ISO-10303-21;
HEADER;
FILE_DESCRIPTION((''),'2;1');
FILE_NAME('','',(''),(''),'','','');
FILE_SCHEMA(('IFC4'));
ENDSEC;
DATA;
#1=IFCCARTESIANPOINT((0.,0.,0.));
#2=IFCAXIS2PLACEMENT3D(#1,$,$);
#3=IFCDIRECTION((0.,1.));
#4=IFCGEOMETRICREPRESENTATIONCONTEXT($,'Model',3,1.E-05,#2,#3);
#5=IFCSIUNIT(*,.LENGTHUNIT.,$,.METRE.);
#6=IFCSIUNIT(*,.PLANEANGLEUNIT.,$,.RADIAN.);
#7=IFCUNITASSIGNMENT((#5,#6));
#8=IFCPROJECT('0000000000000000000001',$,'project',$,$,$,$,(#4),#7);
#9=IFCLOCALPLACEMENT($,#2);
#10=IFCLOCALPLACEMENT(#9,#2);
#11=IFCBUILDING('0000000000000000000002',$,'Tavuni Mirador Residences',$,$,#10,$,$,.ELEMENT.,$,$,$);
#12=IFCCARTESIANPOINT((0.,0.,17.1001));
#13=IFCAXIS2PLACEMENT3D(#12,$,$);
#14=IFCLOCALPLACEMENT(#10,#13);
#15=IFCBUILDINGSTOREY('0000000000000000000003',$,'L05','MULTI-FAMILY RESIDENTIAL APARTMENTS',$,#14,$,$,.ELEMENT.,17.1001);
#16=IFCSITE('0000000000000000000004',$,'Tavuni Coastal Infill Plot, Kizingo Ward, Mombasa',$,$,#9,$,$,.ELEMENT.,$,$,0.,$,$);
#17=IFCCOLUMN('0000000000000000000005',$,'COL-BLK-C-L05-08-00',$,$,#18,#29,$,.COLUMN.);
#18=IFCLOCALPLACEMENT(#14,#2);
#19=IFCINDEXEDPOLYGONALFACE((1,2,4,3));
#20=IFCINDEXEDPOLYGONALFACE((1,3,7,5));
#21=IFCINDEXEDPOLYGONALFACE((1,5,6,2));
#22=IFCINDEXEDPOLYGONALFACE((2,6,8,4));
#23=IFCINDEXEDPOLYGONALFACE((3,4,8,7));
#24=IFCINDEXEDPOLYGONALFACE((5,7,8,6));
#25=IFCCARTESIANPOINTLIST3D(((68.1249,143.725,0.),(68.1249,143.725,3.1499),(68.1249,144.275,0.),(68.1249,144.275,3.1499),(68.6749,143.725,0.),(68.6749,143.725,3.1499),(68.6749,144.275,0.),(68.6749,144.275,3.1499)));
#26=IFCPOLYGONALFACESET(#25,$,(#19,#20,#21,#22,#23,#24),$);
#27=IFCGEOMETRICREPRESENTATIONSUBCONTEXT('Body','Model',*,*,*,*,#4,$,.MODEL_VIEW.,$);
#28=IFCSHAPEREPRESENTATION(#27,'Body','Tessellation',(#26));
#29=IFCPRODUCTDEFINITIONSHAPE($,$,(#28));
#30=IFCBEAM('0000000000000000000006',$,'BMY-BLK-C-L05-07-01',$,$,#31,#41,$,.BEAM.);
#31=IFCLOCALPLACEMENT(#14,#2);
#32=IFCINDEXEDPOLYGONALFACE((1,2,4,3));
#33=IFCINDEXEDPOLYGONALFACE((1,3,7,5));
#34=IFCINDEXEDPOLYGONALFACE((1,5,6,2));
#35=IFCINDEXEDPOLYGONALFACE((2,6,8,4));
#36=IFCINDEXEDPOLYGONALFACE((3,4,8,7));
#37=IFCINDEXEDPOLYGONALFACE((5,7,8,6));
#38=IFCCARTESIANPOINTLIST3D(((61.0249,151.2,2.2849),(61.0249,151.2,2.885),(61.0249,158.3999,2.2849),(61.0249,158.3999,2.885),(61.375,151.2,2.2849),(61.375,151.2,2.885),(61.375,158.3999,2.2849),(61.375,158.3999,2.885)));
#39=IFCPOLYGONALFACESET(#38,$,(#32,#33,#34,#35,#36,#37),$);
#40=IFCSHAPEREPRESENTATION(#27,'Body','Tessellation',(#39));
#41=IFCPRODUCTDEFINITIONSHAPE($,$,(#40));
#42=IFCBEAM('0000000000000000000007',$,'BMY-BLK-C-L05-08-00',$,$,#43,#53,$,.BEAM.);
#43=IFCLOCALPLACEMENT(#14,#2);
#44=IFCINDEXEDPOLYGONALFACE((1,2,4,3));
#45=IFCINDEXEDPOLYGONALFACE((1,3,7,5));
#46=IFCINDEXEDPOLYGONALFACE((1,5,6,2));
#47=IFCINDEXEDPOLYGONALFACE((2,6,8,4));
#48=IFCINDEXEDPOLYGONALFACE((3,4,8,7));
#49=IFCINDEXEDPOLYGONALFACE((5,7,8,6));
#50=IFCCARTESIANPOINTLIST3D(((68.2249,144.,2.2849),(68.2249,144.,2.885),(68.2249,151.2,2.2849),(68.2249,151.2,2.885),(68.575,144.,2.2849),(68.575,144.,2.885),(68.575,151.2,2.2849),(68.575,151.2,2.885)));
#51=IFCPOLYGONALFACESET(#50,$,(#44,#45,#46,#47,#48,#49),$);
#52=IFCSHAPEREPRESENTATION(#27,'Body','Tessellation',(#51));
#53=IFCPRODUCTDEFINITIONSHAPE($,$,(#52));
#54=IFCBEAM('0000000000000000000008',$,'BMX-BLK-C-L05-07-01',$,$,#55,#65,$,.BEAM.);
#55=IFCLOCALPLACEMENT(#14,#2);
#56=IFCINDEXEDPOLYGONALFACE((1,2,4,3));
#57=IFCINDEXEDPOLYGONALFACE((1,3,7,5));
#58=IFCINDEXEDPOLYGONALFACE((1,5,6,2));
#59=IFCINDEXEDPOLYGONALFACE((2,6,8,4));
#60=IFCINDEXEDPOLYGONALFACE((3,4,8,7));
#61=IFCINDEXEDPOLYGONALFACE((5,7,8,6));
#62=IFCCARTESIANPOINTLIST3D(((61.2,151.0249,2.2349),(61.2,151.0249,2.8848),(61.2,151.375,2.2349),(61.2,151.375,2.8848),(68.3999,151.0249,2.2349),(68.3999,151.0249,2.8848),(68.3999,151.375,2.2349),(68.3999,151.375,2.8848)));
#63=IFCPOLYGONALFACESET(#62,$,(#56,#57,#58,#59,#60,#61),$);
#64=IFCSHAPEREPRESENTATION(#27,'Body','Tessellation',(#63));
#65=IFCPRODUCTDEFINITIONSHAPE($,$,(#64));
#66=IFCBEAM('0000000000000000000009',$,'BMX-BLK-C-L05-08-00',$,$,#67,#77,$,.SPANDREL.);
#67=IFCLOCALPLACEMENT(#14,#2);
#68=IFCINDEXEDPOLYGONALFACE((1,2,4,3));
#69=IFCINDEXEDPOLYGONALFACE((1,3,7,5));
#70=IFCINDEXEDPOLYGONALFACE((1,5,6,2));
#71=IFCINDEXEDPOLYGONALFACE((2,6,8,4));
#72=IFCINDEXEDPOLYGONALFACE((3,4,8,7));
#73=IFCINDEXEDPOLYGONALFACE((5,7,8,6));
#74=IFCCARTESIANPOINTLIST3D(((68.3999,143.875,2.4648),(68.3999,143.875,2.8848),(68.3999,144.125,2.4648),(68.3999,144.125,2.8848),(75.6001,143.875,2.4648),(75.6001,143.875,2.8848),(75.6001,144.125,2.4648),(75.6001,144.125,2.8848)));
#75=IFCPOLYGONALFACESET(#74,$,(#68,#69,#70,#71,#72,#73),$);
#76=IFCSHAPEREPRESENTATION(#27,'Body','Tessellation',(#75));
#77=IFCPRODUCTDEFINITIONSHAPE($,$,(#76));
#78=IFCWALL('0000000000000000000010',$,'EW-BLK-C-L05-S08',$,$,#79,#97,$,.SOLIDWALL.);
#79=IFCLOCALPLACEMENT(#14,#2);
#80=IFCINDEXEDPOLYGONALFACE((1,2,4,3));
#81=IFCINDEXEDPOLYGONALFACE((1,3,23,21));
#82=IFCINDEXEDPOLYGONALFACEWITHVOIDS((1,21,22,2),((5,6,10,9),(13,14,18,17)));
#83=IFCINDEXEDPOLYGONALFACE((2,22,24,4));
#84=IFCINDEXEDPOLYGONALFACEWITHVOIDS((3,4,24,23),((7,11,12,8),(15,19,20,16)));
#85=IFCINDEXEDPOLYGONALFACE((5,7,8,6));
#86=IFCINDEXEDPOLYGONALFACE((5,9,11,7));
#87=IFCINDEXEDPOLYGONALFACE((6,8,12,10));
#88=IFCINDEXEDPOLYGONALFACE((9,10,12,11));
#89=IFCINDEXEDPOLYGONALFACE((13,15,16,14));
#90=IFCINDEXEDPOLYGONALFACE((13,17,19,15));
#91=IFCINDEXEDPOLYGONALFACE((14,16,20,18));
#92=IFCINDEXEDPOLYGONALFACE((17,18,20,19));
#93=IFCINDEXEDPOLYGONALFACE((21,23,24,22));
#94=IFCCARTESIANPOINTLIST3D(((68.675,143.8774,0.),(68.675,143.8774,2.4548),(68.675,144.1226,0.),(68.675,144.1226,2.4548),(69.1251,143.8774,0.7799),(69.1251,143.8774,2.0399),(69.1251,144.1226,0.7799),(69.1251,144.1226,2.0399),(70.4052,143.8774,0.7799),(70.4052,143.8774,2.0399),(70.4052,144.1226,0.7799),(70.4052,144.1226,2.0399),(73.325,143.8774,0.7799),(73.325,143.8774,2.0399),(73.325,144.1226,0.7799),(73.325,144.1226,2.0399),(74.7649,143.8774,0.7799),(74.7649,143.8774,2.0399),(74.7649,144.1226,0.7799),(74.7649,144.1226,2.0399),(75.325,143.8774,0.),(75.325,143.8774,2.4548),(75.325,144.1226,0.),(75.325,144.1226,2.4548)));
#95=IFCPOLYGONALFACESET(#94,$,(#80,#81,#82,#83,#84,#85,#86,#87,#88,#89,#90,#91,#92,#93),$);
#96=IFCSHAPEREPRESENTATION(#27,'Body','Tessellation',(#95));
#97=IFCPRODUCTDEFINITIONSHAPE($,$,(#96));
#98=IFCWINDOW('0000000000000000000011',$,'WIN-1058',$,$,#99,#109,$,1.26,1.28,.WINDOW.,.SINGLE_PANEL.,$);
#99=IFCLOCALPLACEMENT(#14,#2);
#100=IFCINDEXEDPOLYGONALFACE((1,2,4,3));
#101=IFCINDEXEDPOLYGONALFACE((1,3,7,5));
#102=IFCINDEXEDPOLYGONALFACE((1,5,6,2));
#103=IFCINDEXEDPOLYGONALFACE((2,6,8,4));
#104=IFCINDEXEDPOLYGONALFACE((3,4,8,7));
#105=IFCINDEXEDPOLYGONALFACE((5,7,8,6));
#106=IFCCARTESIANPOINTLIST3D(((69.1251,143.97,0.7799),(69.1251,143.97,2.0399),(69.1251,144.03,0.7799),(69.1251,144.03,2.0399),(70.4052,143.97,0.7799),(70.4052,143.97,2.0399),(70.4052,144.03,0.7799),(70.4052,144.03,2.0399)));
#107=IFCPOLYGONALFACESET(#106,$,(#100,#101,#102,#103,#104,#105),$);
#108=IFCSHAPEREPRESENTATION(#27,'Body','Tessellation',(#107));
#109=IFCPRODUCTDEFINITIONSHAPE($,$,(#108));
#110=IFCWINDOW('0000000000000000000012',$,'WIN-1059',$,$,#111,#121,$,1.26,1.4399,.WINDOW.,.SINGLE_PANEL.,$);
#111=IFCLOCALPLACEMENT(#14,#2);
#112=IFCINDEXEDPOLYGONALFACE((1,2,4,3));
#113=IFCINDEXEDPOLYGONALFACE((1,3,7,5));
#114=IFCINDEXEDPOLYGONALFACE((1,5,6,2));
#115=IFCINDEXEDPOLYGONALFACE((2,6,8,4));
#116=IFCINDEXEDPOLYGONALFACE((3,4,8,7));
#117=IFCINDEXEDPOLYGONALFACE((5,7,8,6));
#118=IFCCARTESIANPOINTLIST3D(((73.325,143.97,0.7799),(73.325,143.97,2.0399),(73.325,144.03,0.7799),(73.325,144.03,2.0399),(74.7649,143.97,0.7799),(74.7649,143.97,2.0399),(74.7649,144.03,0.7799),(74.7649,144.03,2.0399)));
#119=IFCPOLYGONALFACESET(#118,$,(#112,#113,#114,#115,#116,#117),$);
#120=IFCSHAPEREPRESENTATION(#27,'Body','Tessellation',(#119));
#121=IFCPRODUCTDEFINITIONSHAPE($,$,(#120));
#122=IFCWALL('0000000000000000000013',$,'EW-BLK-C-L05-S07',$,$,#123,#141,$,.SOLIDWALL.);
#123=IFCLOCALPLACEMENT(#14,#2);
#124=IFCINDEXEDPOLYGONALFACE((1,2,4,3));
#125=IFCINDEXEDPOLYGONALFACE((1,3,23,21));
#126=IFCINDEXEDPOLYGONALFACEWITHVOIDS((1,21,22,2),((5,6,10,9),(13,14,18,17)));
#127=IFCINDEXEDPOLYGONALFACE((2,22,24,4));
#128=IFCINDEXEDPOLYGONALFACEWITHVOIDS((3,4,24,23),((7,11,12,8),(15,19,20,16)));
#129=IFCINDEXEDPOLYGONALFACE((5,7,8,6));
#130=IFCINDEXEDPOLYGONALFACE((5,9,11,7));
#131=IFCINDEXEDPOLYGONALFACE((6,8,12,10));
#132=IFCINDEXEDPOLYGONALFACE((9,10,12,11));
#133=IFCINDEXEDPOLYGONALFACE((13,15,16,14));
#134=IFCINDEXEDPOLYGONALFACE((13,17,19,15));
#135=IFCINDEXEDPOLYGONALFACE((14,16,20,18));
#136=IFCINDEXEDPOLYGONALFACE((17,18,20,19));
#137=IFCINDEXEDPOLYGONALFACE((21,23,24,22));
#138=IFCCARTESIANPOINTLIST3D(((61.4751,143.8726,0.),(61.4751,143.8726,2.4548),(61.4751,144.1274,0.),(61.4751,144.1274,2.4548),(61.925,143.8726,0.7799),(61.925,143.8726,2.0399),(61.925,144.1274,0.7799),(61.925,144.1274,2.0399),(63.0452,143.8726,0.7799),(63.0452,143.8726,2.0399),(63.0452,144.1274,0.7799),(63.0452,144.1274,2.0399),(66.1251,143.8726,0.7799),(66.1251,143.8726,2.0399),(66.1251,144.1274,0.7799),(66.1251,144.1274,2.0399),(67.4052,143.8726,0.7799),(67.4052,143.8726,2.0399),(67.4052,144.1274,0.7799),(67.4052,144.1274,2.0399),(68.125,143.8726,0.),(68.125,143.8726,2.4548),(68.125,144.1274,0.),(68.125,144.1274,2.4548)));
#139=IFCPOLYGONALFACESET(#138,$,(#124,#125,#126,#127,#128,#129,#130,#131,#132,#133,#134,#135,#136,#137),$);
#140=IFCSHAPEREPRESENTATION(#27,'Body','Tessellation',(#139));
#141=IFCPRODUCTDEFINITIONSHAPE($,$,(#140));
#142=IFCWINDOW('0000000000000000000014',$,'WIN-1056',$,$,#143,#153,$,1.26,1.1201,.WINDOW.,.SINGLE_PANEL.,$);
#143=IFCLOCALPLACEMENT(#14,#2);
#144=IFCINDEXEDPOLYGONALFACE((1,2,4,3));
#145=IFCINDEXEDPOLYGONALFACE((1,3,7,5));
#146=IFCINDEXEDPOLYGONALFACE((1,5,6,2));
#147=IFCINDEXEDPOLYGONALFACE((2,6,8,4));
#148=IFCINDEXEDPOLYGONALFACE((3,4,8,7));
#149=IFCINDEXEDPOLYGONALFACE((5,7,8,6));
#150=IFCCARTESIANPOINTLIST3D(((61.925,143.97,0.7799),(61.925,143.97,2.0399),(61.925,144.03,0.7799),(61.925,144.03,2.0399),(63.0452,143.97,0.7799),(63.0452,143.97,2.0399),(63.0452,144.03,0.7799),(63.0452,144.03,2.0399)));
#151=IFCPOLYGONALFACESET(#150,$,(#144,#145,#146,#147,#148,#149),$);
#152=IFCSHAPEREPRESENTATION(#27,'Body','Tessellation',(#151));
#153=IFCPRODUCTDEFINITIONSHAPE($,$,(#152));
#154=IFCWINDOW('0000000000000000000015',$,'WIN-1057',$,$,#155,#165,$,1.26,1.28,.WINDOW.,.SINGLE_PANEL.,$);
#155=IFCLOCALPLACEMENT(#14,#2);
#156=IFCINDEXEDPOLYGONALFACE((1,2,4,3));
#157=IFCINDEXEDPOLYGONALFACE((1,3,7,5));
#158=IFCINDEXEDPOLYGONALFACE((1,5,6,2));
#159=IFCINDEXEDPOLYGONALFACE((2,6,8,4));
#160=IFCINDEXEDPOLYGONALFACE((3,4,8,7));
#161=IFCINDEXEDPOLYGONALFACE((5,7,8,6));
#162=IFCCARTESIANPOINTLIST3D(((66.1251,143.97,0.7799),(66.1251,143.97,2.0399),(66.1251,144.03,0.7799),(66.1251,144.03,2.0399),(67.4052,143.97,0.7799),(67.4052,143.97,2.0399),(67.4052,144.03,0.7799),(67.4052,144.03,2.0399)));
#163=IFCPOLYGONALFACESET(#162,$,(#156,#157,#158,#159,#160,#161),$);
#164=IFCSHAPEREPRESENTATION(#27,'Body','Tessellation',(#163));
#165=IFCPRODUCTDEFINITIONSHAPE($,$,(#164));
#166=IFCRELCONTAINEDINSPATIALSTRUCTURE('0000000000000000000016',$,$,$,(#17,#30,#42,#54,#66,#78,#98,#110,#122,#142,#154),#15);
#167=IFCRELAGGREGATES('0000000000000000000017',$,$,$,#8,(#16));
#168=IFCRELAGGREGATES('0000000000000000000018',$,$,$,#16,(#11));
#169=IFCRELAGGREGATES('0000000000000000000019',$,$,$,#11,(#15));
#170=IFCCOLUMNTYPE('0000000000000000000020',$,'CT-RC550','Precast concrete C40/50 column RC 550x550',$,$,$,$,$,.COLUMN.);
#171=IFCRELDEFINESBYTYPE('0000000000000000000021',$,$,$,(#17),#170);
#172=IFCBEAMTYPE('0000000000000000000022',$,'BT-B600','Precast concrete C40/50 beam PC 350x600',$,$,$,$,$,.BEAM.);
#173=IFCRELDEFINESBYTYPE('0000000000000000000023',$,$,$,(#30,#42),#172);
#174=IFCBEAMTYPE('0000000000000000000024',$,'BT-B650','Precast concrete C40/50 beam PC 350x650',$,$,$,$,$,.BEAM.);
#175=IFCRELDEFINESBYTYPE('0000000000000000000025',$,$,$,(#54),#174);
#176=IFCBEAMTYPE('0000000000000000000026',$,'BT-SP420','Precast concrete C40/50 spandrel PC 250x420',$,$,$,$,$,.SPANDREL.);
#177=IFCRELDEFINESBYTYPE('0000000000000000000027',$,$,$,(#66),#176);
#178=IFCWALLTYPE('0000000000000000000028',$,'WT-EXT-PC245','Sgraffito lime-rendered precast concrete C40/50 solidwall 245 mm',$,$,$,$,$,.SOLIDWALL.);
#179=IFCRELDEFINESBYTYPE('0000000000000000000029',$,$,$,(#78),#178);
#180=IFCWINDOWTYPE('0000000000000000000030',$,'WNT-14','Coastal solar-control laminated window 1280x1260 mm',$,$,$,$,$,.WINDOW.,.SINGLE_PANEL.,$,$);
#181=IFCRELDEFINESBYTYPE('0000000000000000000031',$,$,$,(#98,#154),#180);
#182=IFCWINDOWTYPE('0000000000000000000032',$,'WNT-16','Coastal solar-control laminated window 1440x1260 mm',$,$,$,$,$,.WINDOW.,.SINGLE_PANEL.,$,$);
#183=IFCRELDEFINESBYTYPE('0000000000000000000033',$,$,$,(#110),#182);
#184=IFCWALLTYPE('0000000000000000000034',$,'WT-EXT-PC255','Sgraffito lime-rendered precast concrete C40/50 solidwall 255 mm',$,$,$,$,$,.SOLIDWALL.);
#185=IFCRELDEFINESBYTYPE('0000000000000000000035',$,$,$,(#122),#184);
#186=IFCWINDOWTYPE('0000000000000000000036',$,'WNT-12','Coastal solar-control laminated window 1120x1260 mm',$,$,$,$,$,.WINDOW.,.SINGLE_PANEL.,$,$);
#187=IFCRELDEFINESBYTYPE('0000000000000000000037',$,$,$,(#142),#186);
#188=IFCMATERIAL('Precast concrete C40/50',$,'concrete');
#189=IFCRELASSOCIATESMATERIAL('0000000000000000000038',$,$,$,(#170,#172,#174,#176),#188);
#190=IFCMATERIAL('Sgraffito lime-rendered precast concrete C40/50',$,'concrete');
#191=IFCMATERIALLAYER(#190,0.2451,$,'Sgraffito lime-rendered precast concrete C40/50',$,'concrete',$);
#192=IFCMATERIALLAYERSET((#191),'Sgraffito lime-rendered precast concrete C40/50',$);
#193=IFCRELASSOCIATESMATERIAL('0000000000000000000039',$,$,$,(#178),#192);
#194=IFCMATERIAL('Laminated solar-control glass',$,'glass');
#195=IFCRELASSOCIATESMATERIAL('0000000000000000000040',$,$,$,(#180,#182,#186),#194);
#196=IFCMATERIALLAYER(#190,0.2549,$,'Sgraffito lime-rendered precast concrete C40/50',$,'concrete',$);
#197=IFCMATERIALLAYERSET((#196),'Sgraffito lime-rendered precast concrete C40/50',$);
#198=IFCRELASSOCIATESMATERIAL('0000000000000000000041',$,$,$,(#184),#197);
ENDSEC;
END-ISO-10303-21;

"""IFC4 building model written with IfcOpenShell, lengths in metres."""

from ifc_helpers import new_model, si_unit, direction, frame, frame_2d, origin, origin_2d, place, context, subcontext, project, spatial, rectangle, extrude, material, layer, layer_set, material_profile, profile_set, type_object, element, fill, save


model = new_model("IFC4")

# Units and contexts
model_context = context("Model", 3, precision=1e-05, world=origin(), true_north=direction((0.0, 1.0)))
body_context = subcontext(model_context, "Body", "Model", "MODEL_VIEW")
ifc_project = project(units=[si_unit("LENGTHUNIT", "METRE"), si_unit("PLANEANGLEUNIT", "RADIAN")], contexts=[model_context])

# Site, building, storey
site_placement = place(None, origin())
site = spatial("IfcSite", under=ifc_project, at=site_placement, Name="Tavuni Coastal Infill Plot, Kizingo Ward, Mombasa", CompositionType="ELEMENT", RefElevation=0.0)
building_placement = place(site_placement, origin())
building = spatial("IfcBuilding", under=site, at=building_placement, Name="Tavuni Mirador Residences", CompositionType="ELEMENT")
storey_placement = place(building_placement, frame((0.0, 0.0, 17.1001)))
storey = spatial("IfcBuildingStorey", under=building, at=storey_placement, Name="L05", Description="MULTI-FAMILY RESIDENTIAL APARTMENTS", CompositionType="ELEMENT", Elevation=17.1001)

# Column
ifc_material_1 = material(Name="Precast concrete C40/50", Category="concrete")
ifc_material_profile_1 = material_profile(ifc_material_1, rectangle(XDim=0.55, YDim=0.55, at=origin_2d()), Name="RC 550x550", Category="concrete")
ifc_profile_set_1 = profile_set([ifc_material_profile_1], Name="Precast concrete C40/50")
column_type = type_object("IfcColumnType", Name="CT-RC550", Description="Precast concrete C40/50 column RC 550x550", PredefinedType="COLUMN", material=ifc_profile_set_1)
column_placement = place(storey_placement, frame((68.3999, 144.0, 0.0), z_axis=(0.0, 0.0, 1.0), x_axis=(1.0, 0.0, 0.0)))
element("IfcColumn", 1, at=column_placement, inside=storey, type_object=column_type, Name="COL-BLK-C-L05-08-00", PredefinedType="COLUMN", context=body_context, shape_type="SweptSolid", body=[
    extrude(rectangle(XDim=0.55, YDim=0.55, at=origin_2d()), origin(), (0.0, 0.0, 1.0), 3.1499),
])

# Beams
ifc_material_profile_2 = material_profile(ifc_material_1, rectangle(XDim=0.3501, YDim=0.6001, at=origin_2d()), Name="PC 350x600", Category="concrete")
ifc_profile_set_2 = profile_set([ifc_material_profile_2], Name="Precast concrete C40/50")
beam_type_1 = type_object("IfcBeamType", Name="BT-B600", Description="Precast concrete C40/50 beam PC 350x600", PredefinedType="BEAM", material=ifc_profile_set_2)
for number, where, z_axis, x_axis, name in (
    (2, (61.2, 151.2, 2.585), (0.0, 1.0, 0.0), (-1.0, 0.0, 0.0), "BMY-BLK-C-L05-07-01"),
    (3, (68.3999, 144.0, 2.585), (0.0, 1.0, 0.0), (-1.0, 0.0, 0.0), "BMY-BLK-C-L05-08-00"),
):
    element("IfcBeam", number, at=place(storey_placement, frame(where, z_axis=z_axis, x_axis=x_axis)), inside=storey, type_object=beam_type_1, Name=name, PredefinedType="BEAM", context=body_context, shape_type="SweptSolid", body=[
        extrude(rectangle(XDim=0.3501, YDim=0.6001, at=origin_2d()), origin(), (0.0, 0.0, 1.0), 7.2),
    ])
ifc_material_profile_3 = material_profile(ifc_material_1, rectangle(XDim=0.3501, YDim=0.6499, at=origin_2d()), Name="PC 350x650", Category="concrete")
ifc_profile_set_3 = profile_set([ifc_material_profile_3], Name="Precast concrete C40/50")
beam_type_2 = type_object("IfcBeamType", Name="BT-B650", Description="Precast concrete C40/50 beam PC 350x650", PredefinedType="BEAM", material=ifc_profile_set_3)
beam_1_placement = place(storey_placement, frame((61.2, 151.2, 2.5598), z_axis=(1.0, 0.0, 0.0), x_axis=(0.0, 1.0, 0.0)))
element("IfcBeam", 4, at=beam_1_placement, inside=storey, type_object=beam_type_2, Name="BMX-BLK-C-L05-07-01", PredefinedType="BEAM", context=body_context, shape_type="SweptSolid", body=[
    extrude(rectangle(XDim=0.3501, YDim=0.6499, at=origin_2d()), origin(), (0.0, 0.0, 1.0), 7.2),
])
ifc_material_profile_4 = material_profile(ifc_material_1, rectangle(XDim=0.25, YDim=0.4199, at=origin_2d()), Name="PC 250x420", Category="concrete")
ifc_profile_set_4 = profile_set([ifc_material_profile_4], Name="Precast concrete C40/50")
beam_type_3 = type_object("IfcBeamType", Name="BT-SP420", Description="Precast concrete C40/50 spandrel PC 250x420", PredefinedType="SPANDREL", material=ifc_profile_set_4)
beam_2_placement = place(storey_placement, frame((68.3999, 144.0, 2.6748), z_axis=(1.0, 0.0, 0.0), x_axis=(0.0, 1.0, 0.0)))
element("IfcBeam", 5, at=beam_2_placement, inside=storey, type_object=beam_type_3, Name="BMX-BLK-C-L05-08-00", PredefinedType="SPANDREL", context=body_context, shape_type="SweptSolid", body=[
    extrude(rectangle(XDim=0.25, YDim=0.4199, at=origin_2d()), origin(), (0.0, 0.0, 1.0), 7.2002),
])

# Walls, openings, windows
ifc_material_2 = material(Name="Sgraffito lime-rendered precast concrete C40/50", Category="concrete")
ifc_layer_1 = layer(ifc_material_2, 0.2451, Name="Sgraffito lime-rendered precast concrete C40/50", Category="concrete")
ifc_layer_set_1 = layer_set([ifc_layer_1], Name="Sgraffito lime-rendered precast concrete C40/50")
wall_type_1 = type_object("IfcWallType", Name="WT-EXT-PC245", Description="Sgraffito lime-rendered precast concrete C40/50 solidwall 245 mm", PredefinedType="SOLIDWALL", material=ifc_layer_set_1)
wall_1_placement = place(storey_placement, frame((68.675, 144.0, 0.0), z_axis=(0.0, 0.0, 1.0), x_axis=(1.0, 0.0, 0.0)))
wall_1 = element("IfcWall", 6, at=wall_1_placement, inside=storey, type_object=wall_type_1, Name="EW-BLK-C-L05-S08", PredefinedType="SOLIDWALL", context=body_context, shape_type="SweptSolid", body=[
    extrude(rectangle(XDim=6.6499, YDim=0.2451, at=frame_2d((3.325, 0.0))), origin(), (0.0, 0.0, 1.0), 2.4548),
])
opening_1_placement = place(wall_1_placement, frame((0.45, 0.0, 0.78)))
opening_1 = element("IfcOpeningElement", 7, at=opening_1_placement, cuts=wall_1, PredefinedType="OPENING", context=body_context, shape_type="SweptSolid", body=[
    extrude(rectangle(XDim=1.28, YDim=1.26, at=frame_2d((0.6401, 0.6299))), frame((0.0, 0.1326, 0.0), z_axis=(0.0, -1.0, 0.0), x_axis=(1.0, 0.0, 0.0)), (0.0, 0.0, 1.0), 0.2651),
])
opening_2_placement = place(wall_1_placement, frame((4.6499, 0.0, 0.78)))
opening_2 = element("IfcOpeningElement", 8, at=opening_2_placement, cuts=wall_1, PredefinedType="OPENING", context=body_context, shape_type="SweptSolid", body=[
    extrude(rectangle(XDim=1.4399, YDim=1.26, at=frame_2d((0.72, 0.6299))), frame((0.0, 0.1326, 0.0), z_axis=(0.0, -1.0, 0.0), x_axis=(1.0, 0.0, 0.0)), (0.0, 0.0, 1.0), 0.2651),
])
ifc_material_3 = material(Name="Laminated solar-control glass", Category="glass")
window_type_1 = type_object("IfcWindowType", Name="WNT-14", Description="Coastal solar-control laminated window 1280x1260 mm", PartitioningType="SINGLE_PANEL", PredefinedType="WINDOW", material=ifc_material_3)
window_1_placement = place(opening_1_placement, origin())
window_1 = element("IfcWindow", 9, at=window_1_placement, inside=storey, type_object=window_type_1, Name="WIN-1058", OverallHeight=1.26, OverallWidth=1.28, PartitioningType="SINGLE_PANEL", PredefinedType="WINDOW", context=body_context, shape_type="SweptSolid", body=[
    extrude(rectangle(XDim=1.28, YDim=1.26, at=frame_2d((0.6401, 0.6299))), frame((0.0, 0.03, 0.0), z_axis=(0.0, -1.0, 0.0), x_axis=(1.0, 0.0, 0.0)), (0.0, 0.0, 1.0), 0.0601),
])
fill(opening_1, window_1)
window_type_2 = type_object("IfcWindowType", Name="WNT-16", Description="Coastal solar-control laminated window 1440x1260 mm", PartitioningType="SINGLE_PANEL", PredefinedType="WINDOW", material=ifc_material_3)
window_2_placement = place(opening_2_placement, origin())
window_2 = element("IfcWindow", 10, at=window_2_placement, inside=storey, type_object=window_type_2, Name="WIN-1059", OverallHeight=1.26, OverallWidth=1.4399, PartitioningType="SINGLE_PANEL", PredefinedType="WINDOW", context=body_context, shape_type="SweptSolid", body=[
    extrude(rectangle(XDim=1.4399, YDim=1.26, at=frame_2d((0.72, 0.6299))), frame((0.0, 0.03, 0.0), z_axis=(0.0, -1.0, 0.0), x_axis=(1.0, 0.0, 0.0)), (0.0, 0.0, 1.0), 0.0601),
])
fill(opening_2, window_2)
ifc_layer_2 = layer(ifc_material_2, 0.2549, Name="Sgraffito lime-rendered precast concrete C40/50", Category="concrete")
ifc_layer_set_2 = layer_set([ifc_layer_2], Name="Sgraffito lime-rendered precast concrete C40/50")
wall_type_2 = type_object("IfcWallType", Name="WT-EXT-PC255", Description="Sgraffito lime-rendered precast concrete C40/50 solidwall 255 mm", PredefinedType="SOLIDWALL", material=ifc_layer_set_2)
wall_2_placement = place(storey_placement, frame((61.4751, 144.0, 0.0), z_axis=(0.0, 0.0, 1.0), x_axis=(1.0, 0.0, 0.0)))
wall_2 = element("IfcWall", 11, at=wall_2_placement, inside=storey, type_object=wall_type_2, Name="EW-BLK-C-L05-S07", PredefinedType="SOLIDWALL", context=body_context, shape_type="SweptSolid", body=[
    extrude(rectangle(XDim=6.6499, YDim=0.2549, at=frame_2d((3.325, 0.0))), origin(), (0.0, 0.0, 1.0), 2.4548),
])
opening_3_placement = place(wall_2_placement, frame((0.45, 0.0, 0.78)))
opening_3 = element("IfcOpeningElement", 12, at=opening_3_placement, cuts=wall_2, PredefinedType="OPENING", context=body_context, shape_type="SweptSolid", body=[
    extrude(rectangle(XDim=1.1201, YDim=1.26, at=frame_2d((0.5601, 0.6299))), frame((0.0, 0.1375, 0.0), z_axis=(0.0, -1.0, 0.0), x_axis=(1.0, 0.0, 0.0)), (0.0, 0.0, 1.0), 0.2749),
])
opening_4_placement = place(wall_2_placement, frame((4.6499, 0.0, 0.78)))
opening_4 = element("IfcOpeningElement", 13, at=opening_4_placement, cuts=wall_2, PredefinedType="OPENING", context=body_context, shape_type="SweptSolid", body=[
    extrude(rectangle(XDim=1.28, YDim=1.26, at=frame_2d((0.6401, 0.6299))), frame((0.0, 0.1375, 0.0), z_axis=(0.0, -1.0, 0.0), x_axis=(1.0, 0.0, 0.0)), (0.0, 0.0, 1.0), 0.2749),
])
window_type_3 = type_object("IfcWindowType", Name="WNT-12", Description="Coastal solar-control laminated window 1120x1260 mm", PartitioningType="SINGLE_PANEL", PredefinedType="WINDOW", material=ifc_material_3)
window_3_placement = place(opening_3_placement, origin())
window_3 = element("IfcWindow", 14, at=window_3_placement, inside=storey, type_object=window_type_3, Name="WIN-1056", OverallHeight=1.26, OverallWidth=1.1201, PartitioningType="SINGLE_PANEL", PredefinedType="WINDOW", context=body_context, shape_type="SweptSolid", body=[
    extrude(rectangle(XDim=1.1201, YDim=1.26, at=frame_2d((0.5601, 0.6299))), frame((0.0, 0.03, 0.0), z_axis=(0.0, -1.0, 0.0), x_axis=(1.0, 0.0, 0.0)), (0.0, 0.0, 1.0), 0.0601),
])
fill(opening_3, window_3)
window_4_placement = place(opening_4_placement, origin())
window_4 = element("IfcWindow", 15, at=window_4_placement, inside=storey, type_object=window_type_1, Name="WIN-1057", OverallHeight=1.26, OverallWidth=1.28, PartitioningType="SINGLE_PANEL", PredefinedType="WINDOW", context=body_context, shape_type="SweptSolid", body=[
    extrude(rectangle(XDim=1.28, YDim=1.26, at=frame_2d((0.6401, 0.6299))), frame((0.0, 0.03, 0.0), z_axis=(0.0, -1.0, 0.0), x_axis=(1.0, 0.0, 0.0)), (0.0, 0.0, 1.0), 0.0601),
])
fill(opening_4, window_4)

save(model, "model.ifc")
